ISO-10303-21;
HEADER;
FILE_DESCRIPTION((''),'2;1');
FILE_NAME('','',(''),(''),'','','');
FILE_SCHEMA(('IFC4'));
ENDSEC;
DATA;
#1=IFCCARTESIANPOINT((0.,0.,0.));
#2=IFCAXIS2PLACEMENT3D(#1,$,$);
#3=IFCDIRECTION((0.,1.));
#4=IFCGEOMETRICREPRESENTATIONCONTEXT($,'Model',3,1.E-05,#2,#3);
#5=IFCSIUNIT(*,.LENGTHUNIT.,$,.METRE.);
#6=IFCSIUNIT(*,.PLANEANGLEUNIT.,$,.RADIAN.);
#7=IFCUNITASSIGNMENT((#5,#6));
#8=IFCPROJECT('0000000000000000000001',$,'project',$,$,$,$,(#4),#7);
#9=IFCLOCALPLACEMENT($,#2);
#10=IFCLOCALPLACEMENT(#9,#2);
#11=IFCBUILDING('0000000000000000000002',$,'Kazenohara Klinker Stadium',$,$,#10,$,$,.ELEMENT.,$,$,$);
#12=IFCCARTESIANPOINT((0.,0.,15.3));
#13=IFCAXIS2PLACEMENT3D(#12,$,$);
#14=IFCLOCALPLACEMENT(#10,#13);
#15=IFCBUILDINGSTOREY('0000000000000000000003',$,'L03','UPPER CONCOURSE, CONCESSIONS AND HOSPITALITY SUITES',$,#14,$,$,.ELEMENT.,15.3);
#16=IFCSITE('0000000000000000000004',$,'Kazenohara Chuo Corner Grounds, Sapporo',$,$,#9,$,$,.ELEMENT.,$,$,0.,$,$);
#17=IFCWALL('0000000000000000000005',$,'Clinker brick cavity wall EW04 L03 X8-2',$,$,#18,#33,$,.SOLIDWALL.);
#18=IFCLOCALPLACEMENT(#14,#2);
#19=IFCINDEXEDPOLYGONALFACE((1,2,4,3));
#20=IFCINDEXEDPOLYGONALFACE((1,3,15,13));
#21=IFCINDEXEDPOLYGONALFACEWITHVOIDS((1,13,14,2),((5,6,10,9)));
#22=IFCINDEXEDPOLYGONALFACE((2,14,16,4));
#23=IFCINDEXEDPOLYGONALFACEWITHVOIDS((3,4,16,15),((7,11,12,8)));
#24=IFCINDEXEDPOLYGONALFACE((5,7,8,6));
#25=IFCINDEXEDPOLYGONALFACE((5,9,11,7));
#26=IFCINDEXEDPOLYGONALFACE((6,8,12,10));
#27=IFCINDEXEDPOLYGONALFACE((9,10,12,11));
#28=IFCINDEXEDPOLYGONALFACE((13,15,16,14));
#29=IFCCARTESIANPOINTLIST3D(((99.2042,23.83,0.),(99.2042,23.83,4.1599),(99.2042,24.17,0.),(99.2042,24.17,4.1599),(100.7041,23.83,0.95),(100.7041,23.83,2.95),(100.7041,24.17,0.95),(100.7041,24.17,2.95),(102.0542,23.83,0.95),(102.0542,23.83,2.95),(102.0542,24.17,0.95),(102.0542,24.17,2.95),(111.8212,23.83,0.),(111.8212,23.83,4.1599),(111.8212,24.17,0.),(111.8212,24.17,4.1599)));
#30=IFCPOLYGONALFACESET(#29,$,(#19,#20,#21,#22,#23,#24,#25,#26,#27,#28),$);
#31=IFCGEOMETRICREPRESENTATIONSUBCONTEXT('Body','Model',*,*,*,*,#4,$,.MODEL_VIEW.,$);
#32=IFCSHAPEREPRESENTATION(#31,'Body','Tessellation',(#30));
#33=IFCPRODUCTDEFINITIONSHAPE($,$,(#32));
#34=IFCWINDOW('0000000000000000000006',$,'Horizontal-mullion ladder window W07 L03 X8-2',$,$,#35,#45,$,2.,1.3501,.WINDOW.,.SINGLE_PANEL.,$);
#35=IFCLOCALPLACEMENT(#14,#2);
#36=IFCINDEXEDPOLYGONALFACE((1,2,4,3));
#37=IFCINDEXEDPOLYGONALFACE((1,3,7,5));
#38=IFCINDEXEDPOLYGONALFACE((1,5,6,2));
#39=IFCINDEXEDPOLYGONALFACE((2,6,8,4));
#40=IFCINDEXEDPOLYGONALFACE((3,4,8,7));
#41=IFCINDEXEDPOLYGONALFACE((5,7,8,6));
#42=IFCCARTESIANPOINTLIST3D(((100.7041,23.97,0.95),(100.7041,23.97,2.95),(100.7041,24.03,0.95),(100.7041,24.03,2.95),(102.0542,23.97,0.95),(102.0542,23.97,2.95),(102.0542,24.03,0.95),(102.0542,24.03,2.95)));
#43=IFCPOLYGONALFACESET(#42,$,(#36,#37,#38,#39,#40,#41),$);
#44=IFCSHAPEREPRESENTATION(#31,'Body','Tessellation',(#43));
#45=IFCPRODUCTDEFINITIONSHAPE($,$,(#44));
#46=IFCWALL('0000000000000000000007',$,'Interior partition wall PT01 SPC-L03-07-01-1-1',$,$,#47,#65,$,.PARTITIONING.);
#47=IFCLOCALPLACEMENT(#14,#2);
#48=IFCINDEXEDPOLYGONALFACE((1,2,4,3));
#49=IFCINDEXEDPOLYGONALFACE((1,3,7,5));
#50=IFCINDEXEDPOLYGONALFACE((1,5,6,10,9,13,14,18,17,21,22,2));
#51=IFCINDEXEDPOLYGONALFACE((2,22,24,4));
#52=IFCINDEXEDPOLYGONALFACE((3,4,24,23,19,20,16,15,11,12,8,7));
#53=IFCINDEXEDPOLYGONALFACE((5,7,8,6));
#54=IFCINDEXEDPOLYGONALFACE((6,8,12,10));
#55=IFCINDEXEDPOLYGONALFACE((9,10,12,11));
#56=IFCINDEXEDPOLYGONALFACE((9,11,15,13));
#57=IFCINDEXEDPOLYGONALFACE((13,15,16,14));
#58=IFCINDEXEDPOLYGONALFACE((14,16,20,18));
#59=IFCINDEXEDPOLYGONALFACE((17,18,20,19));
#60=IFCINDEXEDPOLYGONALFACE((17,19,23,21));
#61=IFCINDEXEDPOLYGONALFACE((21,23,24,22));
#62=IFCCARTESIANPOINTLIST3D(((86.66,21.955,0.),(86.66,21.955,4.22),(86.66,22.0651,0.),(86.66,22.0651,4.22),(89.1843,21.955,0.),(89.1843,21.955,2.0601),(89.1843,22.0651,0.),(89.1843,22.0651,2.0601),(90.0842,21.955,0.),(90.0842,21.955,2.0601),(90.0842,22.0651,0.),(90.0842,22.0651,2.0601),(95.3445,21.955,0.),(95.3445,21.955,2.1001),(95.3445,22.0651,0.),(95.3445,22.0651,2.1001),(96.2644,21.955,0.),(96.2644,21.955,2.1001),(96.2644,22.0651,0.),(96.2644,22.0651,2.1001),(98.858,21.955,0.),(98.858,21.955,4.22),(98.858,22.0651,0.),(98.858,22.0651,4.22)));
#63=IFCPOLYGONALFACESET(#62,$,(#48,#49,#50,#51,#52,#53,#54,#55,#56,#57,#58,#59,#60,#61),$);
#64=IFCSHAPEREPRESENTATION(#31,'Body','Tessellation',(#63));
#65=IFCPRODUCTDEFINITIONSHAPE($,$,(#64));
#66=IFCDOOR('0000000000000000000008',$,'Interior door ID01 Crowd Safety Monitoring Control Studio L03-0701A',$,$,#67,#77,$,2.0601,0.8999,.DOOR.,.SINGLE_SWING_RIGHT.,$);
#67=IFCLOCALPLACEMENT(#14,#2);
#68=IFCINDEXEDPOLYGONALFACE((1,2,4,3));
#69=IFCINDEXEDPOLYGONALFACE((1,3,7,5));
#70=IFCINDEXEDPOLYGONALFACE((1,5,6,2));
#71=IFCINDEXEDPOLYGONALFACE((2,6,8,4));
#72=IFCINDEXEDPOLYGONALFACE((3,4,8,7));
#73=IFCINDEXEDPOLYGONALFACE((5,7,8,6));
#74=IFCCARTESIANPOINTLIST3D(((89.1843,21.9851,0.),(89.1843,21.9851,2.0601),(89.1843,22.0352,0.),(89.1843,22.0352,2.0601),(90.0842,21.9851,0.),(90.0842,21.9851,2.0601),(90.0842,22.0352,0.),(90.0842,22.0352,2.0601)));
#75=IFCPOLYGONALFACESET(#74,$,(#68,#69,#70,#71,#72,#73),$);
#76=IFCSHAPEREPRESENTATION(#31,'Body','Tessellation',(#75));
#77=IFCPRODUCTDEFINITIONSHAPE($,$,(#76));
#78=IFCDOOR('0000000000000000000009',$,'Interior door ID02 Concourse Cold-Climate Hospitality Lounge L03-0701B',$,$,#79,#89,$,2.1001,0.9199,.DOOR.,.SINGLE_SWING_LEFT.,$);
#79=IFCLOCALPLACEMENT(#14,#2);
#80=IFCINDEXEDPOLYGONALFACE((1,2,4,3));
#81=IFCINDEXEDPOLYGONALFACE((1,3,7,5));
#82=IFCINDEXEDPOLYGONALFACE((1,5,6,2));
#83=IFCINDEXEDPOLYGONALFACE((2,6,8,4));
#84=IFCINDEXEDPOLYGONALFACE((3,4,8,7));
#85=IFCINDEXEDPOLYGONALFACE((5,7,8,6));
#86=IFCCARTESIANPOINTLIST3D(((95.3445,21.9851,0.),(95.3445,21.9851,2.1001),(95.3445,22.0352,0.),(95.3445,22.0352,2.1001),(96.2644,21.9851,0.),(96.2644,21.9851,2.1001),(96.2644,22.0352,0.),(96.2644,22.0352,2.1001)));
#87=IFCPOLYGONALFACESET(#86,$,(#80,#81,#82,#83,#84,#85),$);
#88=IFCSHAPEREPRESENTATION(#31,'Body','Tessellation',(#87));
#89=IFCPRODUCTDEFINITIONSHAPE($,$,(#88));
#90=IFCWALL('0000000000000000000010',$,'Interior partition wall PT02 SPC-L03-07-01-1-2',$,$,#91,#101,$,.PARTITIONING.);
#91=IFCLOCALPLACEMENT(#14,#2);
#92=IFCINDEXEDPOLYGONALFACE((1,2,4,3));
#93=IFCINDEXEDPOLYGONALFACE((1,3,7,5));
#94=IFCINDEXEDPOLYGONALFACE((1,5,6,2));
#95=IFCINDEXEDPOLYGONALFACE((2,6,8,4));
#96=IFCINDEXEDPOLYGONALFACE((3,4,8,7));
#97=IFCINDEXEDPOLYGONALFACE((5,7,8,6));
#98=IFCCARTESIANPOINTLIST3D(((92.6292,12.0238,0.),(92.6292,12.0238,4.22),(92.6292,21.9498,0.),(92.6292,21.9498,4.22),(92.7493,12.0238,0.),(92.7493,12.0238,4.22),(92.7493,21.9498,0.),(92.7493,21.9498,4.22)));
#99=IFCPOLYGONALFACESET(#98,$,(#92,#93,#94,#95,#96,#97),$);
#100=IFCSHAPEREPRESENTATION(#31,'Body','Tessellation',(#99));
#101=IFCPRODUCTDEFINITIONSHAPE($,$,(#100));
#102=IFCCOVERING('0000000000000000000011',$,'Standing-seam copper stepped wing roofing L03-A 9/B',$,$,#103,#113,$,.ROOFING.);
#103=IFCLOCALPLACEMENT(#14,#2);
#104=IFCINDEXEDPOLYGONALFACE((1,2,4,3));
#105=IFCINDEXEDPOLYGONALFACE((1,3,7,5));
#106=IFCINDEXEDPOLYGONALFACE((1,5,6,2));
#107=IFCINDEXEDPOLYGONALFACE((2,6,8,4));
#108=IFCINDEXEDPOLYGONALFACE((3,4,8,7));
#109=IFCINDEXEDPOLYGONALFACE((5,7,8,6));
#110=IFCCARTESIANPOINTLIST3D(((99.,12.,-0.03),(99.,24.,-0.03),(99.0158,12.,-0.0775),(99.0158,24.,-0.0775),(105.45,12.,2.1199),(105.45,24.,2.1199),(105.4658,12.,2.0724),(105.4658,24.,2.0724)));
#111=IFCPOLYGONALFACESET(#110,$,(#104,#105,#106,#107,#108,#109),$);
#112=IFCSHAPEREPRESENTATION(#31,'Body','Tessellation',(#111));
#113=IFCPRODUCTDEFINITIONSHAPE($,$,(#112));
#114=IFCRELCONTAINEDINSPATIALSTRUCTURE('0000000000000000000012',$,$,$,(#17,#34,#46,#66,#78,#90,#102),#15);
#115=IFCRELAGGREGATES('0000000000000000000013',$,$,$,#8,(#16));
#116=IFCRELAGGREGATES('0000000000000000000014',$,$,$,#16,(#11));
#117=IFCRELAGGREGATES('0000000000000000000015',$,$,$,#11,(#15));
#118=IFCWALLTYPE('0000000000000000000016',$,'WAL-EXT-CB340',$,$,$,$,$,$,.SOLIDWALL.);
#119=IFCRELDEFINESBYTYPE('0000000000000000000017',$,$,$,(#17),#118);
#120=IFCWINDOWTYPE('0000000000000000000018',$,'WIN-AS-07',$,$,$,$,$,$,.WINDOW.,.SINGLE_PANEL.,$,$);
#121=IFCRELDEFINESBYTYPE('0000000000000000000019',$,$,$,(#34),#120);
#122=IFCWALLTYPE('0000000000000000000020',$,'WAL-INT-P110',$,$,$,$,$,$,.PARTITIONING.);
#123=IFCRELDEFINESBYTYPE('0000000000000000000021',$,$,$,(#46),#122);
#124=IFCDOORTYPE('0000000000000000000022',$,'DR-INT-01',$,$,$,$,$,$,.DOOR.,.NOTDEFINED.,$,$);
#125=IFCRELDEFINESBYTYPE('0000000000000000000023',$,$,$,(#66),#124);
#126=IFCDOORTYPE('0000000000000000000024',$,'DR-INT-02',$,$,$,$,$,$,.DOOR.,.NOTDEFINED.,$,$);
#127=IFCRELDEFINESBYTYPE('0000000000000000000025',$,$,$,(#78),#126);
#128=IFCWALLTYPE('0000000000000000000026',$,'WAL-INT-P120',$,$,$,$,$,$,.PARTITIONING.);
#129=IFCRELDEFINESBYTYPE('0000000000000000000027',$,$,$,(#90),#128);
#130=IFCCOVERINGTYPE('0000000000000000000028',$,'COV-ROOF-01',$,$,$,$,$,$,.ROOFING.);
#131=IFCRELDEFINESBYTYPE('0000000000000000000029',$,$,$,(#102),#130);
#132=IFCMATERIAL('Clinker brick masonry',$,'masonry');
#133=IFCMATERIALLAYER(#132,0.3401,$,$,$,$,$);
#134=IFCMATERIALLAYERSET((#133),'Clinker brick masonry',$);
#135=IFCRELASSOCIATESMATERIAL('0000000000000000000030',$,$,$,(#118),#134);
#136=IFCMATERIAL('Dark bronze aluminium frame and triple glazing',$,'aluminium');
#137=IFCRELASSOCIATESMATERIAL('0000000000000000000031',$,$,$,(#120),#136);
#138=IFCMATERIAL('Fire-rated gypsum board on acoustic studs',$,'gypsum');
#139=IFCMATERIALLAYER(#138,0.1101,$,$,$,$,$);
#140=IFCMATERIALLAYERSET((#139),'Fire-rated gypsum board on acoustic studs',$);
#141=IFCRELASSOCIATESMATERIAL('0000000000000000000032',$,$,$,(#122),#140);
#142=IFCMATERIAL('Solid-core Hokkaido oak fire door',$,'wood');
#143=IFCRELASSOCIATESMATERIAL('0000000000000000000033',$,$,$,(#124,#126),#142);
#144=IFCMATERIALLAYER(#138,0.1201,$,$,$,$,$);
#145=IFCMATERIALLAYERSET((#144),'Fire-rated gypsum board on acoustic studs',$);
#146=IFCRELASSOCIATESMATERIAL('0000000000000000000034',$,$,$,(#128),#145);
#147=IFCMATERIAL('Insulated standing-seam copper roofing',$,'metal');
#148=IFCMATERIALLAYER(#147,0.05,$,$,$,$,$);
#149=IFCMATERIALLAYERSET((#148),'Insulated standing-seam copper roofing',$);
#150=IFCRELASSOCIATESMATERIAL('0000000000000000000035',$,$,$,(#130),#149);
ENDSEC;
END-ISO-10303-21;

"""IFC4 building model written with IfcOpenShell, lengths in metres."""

from ifc_helpers import new_model, si_unit, direction, frame, frame_2d, origin, place, context, subcontext, project, spatial, polyline, rectangle, outline, extrude, material, layer, layer_set, type_object, element, fill, save


model = new_model("IFC4")

# Units and contexts
model_context = context("Model", 3, precision=1e-05, world=origin(), true_north=direction((0.0, 1.0)))
body_context = subcontext(model_context, "Body", "Model", "MODEL_VIEW")
ifc_project = project(units=[si_unit("LENGTHUNIT", "METRE"), si_unit("PLANEANGLEUNIT", "RADIAN")], contexts=[model_context])

# Site, building, storey
site_placement = place(None, origin())
site = spatial("IfcSite", under=ifc_project, at=site_placement, Name="Kazenohara Chuo Corner Grounds, Sapporo", CompositionType="ELEMENT", RefElevation=0.0)
building_placement = place(site_placement, origin())
building = spatial("IfcBuilding", under=site, at=building_placement, Name="Kazenohara Klinker Stadium", CompositionType="ELEMENT")
storey_placement = place(building_placement, frame((0.0, 0.0, 15.3)))
storey = spatial("IfcBuildingStorey", under=building, at=storey_placement, Name="L03", Description="UPPER CONCOURSE, CONCESSIONS AND HOSPITALITY SUITES", CompositionType="ELEMENT", Elevation=15.3)

# Wall, opening, window
ifc_material_1 = material(Name="Clinker brick masonry", Category="masonry")
ifc_material_2 = material(Name="Dark bronze aluminium frame and triple glazing", Category="aluminium")
ifc_layer_1 = layer(ifc_material_1, 0.3401)
ifc_layer_set_1 = layer_set([ifc_layer_1], Name="Clinker brick masonry")
wall_type_1 = type_object("IfcWallType", Name="WAL-EXT-CB340", PredefinedType="SOLIDWALL", material=ifc_layer_set_1)
wall_1_placement = place(storey_placement, frame((99.2041, 24.0, 0.0), z_axis=(0.0, 0.0, 1.0), x_axis=(1.0, 0.0, 0.0)))
wall_1 = element("IfcWall", 1, at=wall_1_placement, inside=storey, type_object=wall_type_1, Name="Clinker brick cavity wall EW04 L03 X8-2", PredefinedType="SOLIDWALL", context=body_context, shape_type="SweptSolid", body=[
    extrude(rectangle(XDim=12.6169, YDim=0.3401, at=frame_2d((6.3086, 0.0))), origin(), (0.0, 0.0, 1.0), 4.1599),
])
opening_1_placement = place(wall_1_placement, frame((1.5, 0.0, 0.95)))
opening_1 = element("IfcOpeningElement", 2, at=opening_1_placement, cuts=wall_1, PredefinedType="OPENING", context=body_context, shape_type="SweptSolid", body=[
    extrude(rectangle(XDim=1.3501, YDim=2.0, at=frame_2d((0.675, 1.0))), frame((0.0, 0.1802, 0.0), z_axis=(0.0, -1.0, 0.0), x_axis=(1.0, 0.0, 0.0)), (0.0, 0.0, 1.0), 0.3601),
])
window_type_1 = type_object("IfcWindowType", Name="WIN-AS-07", PartitioningType="SINGLE_PANEL", PredefinedType="WINDOW", material=ifc_material_2)
window_1_placement = place(opening_1_placement, origin())
window_1 = element("IfcWindow", 3, at=window_1_placement, inside=storey, type_object=window_type_1, Name="Horizontal-mullion ladder window W07 L03 X8-2", OverallHeight=2.0, OverallWidth=1.3501, PartitioningType="SINGLE_PANEL", PredefinedType="WINDOW", context=body_context, shape_type="SweptSolid", body=[
    extrude(rectangle(XDim=1.3501, YDim=2.0, at=frame_2d((0.675, 1.0))), frame((0.0, 0.03, 0.0), z_axis=(0.0, -1.0, 0.0), x_axis=(1.0, 0.0, 0.0)), (0.0, 0.0, 1.0), 0.0601),
])
fill(opening_1, window_1)

# Wall, openings, doors
ifc_material_3 = material(Name="Fire-rated gypsum board on acoustic studs", Category="gypsum")
ifc_layer_2 = layer(ifc_material_3, 0.1101)
ifc_layer_set_2 = layer_set([ifc_layer_2], Name="Fire-rated gypsum board on acoustic studs")
wall_type_2 = type_object("IfcWallType", Name="WAL-INT-P110", PredefinedType="PARTITIONING", material=ifc_layer_set_2)
wall_2_placement = place(storey_placement, frame((86.6599, 22.01, 0.0), z_axis=(0.0, 0.0, 1.0), x_axis=(1.0, 0.0, 0.0)))
wall_2 = element("IfcWall", 4, at=wall_2_placement, inside=storey, type_object=wall_type_2, Name="Interior partition wall PT01 SPC-L03-07-01-1-1", PredefinedType="PARTITIONING", context=body_context, shape_type="SweptSolid", body=[
    extrude(rectangle(XDim=12.198, YDim=0.1101, at=frame_2d((6.0991, 0.0))), origin(), (0.0, 0.0, 1.0), 4.22),
])
opening_2_placement = place(wall_2_placement, frame((3.4243, 0.0, 0.0), z_axis=(0.0, 0.0, 1.0), x_axis=(-1.0, 0.0, 0.0)))
opening_2 = element("IfcOpeningElement", 5, at=opening_2_placement, cuts=wall_2, PredefinedType="OPENING", context=body_context, shape_type="SweptSolid", body=[
    extrude(rectangle(XDim=0.8999, YDim=2.0601, at=frame_2d((0.45, 1.03))), frame((0.0, 0.0649, 0.0), z_axis=(0.0, -1.0, 0.0), x_axis=(1.0, 0.0, 0.0)), (0.0, 0.0, 1.0), 0.1301),
])
opening_3_placement = place(wall_2_placement, frame((9.6045, 0.0, 0.0), z_axis=(0.0, 0.0, 1.0), x_axis=(-1.0, 0.0, 0.0)))
opening_3 = element("IfcOpeningElement", 6, at=opening_3_placement, cuts=wall_2, PredefinedType="OPENING", context=body_context, shape_type="SweptSolid", body=[
    extrude(rectangle(XDim=0.9199, YDim=2.1001, at=frame_2d((0.46, 1.05))), frame((0.0, 0.0649, 0.0), z_axis=(0.0, -1.0, 0.0), x_axis=(1.0, 0.0, 0.0)), (0.0, 0.0, 1.0), 0.1301),
])
ifc_material_4 = material(Name="Solid-core Hokkaido oak fire door", Category="wood")
door_type_1 = type_object("IfcDoorType", Name="DR-INT-01", OperationType="NOTDEFINED", PredefinedType="DOOR", material=ifc_material_4)
door_1_placement = place(opening_2_placement, origin())
door_1 = element("IfcDoor", 7, at=door_1_placement, inside=storey, type_object=door_type_1, Name="Interior door ID01 Crowd Safety Monitoring Control Studio L03-0701A", OperationType="SINGLE_SWING_RIGHT", OverallHeight=2.0601, OverallWidth=0.8999, PredefinedType="DOOR", context=body_context, shape_type="SweptSolid", body=[
    extrude(rectangle(XDim=0.8999, YDim=2.0601, at=frame_2d((0.45, 1.03))), frame((0.0, 0.0249, 0.0), z_axis=(0.0, -1.0, 0.0), x_axis=(1.0, 0.0, 0.0)), (0.0, 0.0, 1.0), 0.05),
])
fill(opening_2, door_1)
door_type_2 = type_object("IfcDoorType", Name="DR-INT-02", OperationType="NOTDEFINED", PredefinedType="DOOR", material=ifc_material_4)
door_2_placement = place(opening_3_placement, origin())
door_2 = element("IfcDoor", 8, at=door_2_placement, inside=storey, type_object=door_type_2, Name="Interior door ID02 Concourse Cold-Climate Hospitality Lounge L03-0701B", OperationType="SINGLE_SWING_LEFT", OverallHeight=2.1001, OverallWidth=0.9199, PredefinedType="DOOR", context=body_context, shape_type="SweptSolid", body=[
    extrude(rectangle(XDim=0.9199, YDim=2.1001, at=frame_2d((0.46, 1.05))), frame((0.0, 0.0249, 0.0), z_axis=(0.0, -1.0, 0.0), x_axis=(1.0, 0.0, 0.0)), (0.0, 0.0, 1.0), 0.05),
])
fill(opening_3, door_2)

# Wall
ifc_layer_3 = layer(ifc_material_3, 0.1201)
ifc_layer_set_3 = layer_set([ifc_layer_3], Name="Fire-rated gypsum board on acoustic studs")
wall_type_3 = type_object("IfcWallType", Name="WAL-INT-P120", PredefinedType="PARTITIONING", material=ifc_layer_set_3)
wall_3_placement = place(storey_placement, frame((92.6892, 12.0239, 0.0), z_axis=(0.0, 0.0, 1.0), x_axis=(0.0, 1.0, 0.0)))
element("IfcWall", 9, at=wall_3_placement, inside=storey, type_object=wall_type_3, Name="Interior partition wall PT02 SPC-L03-07-01-1-2", PredefinedType="PARTITIONING", context=body_context, shape_type="SweptSolid", body=[
    extrude(rectangle(XDim=9.926, YDim=0.1201, at=frame_2d((4.9629, 0.0))), origin(), (0.0, 0.0, 1.0), 4.22),
])

# Covering
ifc_material_5 = material(Name="Insulated standing-seam copper roofing", Category="metal")
ifc_layer_4 = layer(ifc_material_5, 0.05)
ifc_layer_set_4 = layer_set([ifc_layer_4], Name="Insulated standing-seam copper roofing")
covering_type = type_object("IfcCoveringType", Name="COV-ROOF-01", PredefinedType="ROOFING", material=ifc_layer_set_4)
covering_placement = place(storey_placement, frame((99.0, 12.0, -0.03), z_axis=(-0.316217, 0.0, 0.948687), x_axis=(0.948687, 0.0, 0.316217)))
element("IfcCovering", 10, at=covering_placement, inside=storey, type_object=covering_type, Name="Standing-seam copper stepped wing roofing L03-A 9/B", PredefinedType="ROOFING", context=body_context, shape_type="SweptSolid", body=[
    extrude(outline(polyline([(0.0, 0.0), (6.7988, 0.0), (6.7988, 12.0), (0.0, 12.0), (0.0, 0.0)])), origin(), (0.0, 0.0, -1.0), 0.05),
])

save(model, "model.ifc")
